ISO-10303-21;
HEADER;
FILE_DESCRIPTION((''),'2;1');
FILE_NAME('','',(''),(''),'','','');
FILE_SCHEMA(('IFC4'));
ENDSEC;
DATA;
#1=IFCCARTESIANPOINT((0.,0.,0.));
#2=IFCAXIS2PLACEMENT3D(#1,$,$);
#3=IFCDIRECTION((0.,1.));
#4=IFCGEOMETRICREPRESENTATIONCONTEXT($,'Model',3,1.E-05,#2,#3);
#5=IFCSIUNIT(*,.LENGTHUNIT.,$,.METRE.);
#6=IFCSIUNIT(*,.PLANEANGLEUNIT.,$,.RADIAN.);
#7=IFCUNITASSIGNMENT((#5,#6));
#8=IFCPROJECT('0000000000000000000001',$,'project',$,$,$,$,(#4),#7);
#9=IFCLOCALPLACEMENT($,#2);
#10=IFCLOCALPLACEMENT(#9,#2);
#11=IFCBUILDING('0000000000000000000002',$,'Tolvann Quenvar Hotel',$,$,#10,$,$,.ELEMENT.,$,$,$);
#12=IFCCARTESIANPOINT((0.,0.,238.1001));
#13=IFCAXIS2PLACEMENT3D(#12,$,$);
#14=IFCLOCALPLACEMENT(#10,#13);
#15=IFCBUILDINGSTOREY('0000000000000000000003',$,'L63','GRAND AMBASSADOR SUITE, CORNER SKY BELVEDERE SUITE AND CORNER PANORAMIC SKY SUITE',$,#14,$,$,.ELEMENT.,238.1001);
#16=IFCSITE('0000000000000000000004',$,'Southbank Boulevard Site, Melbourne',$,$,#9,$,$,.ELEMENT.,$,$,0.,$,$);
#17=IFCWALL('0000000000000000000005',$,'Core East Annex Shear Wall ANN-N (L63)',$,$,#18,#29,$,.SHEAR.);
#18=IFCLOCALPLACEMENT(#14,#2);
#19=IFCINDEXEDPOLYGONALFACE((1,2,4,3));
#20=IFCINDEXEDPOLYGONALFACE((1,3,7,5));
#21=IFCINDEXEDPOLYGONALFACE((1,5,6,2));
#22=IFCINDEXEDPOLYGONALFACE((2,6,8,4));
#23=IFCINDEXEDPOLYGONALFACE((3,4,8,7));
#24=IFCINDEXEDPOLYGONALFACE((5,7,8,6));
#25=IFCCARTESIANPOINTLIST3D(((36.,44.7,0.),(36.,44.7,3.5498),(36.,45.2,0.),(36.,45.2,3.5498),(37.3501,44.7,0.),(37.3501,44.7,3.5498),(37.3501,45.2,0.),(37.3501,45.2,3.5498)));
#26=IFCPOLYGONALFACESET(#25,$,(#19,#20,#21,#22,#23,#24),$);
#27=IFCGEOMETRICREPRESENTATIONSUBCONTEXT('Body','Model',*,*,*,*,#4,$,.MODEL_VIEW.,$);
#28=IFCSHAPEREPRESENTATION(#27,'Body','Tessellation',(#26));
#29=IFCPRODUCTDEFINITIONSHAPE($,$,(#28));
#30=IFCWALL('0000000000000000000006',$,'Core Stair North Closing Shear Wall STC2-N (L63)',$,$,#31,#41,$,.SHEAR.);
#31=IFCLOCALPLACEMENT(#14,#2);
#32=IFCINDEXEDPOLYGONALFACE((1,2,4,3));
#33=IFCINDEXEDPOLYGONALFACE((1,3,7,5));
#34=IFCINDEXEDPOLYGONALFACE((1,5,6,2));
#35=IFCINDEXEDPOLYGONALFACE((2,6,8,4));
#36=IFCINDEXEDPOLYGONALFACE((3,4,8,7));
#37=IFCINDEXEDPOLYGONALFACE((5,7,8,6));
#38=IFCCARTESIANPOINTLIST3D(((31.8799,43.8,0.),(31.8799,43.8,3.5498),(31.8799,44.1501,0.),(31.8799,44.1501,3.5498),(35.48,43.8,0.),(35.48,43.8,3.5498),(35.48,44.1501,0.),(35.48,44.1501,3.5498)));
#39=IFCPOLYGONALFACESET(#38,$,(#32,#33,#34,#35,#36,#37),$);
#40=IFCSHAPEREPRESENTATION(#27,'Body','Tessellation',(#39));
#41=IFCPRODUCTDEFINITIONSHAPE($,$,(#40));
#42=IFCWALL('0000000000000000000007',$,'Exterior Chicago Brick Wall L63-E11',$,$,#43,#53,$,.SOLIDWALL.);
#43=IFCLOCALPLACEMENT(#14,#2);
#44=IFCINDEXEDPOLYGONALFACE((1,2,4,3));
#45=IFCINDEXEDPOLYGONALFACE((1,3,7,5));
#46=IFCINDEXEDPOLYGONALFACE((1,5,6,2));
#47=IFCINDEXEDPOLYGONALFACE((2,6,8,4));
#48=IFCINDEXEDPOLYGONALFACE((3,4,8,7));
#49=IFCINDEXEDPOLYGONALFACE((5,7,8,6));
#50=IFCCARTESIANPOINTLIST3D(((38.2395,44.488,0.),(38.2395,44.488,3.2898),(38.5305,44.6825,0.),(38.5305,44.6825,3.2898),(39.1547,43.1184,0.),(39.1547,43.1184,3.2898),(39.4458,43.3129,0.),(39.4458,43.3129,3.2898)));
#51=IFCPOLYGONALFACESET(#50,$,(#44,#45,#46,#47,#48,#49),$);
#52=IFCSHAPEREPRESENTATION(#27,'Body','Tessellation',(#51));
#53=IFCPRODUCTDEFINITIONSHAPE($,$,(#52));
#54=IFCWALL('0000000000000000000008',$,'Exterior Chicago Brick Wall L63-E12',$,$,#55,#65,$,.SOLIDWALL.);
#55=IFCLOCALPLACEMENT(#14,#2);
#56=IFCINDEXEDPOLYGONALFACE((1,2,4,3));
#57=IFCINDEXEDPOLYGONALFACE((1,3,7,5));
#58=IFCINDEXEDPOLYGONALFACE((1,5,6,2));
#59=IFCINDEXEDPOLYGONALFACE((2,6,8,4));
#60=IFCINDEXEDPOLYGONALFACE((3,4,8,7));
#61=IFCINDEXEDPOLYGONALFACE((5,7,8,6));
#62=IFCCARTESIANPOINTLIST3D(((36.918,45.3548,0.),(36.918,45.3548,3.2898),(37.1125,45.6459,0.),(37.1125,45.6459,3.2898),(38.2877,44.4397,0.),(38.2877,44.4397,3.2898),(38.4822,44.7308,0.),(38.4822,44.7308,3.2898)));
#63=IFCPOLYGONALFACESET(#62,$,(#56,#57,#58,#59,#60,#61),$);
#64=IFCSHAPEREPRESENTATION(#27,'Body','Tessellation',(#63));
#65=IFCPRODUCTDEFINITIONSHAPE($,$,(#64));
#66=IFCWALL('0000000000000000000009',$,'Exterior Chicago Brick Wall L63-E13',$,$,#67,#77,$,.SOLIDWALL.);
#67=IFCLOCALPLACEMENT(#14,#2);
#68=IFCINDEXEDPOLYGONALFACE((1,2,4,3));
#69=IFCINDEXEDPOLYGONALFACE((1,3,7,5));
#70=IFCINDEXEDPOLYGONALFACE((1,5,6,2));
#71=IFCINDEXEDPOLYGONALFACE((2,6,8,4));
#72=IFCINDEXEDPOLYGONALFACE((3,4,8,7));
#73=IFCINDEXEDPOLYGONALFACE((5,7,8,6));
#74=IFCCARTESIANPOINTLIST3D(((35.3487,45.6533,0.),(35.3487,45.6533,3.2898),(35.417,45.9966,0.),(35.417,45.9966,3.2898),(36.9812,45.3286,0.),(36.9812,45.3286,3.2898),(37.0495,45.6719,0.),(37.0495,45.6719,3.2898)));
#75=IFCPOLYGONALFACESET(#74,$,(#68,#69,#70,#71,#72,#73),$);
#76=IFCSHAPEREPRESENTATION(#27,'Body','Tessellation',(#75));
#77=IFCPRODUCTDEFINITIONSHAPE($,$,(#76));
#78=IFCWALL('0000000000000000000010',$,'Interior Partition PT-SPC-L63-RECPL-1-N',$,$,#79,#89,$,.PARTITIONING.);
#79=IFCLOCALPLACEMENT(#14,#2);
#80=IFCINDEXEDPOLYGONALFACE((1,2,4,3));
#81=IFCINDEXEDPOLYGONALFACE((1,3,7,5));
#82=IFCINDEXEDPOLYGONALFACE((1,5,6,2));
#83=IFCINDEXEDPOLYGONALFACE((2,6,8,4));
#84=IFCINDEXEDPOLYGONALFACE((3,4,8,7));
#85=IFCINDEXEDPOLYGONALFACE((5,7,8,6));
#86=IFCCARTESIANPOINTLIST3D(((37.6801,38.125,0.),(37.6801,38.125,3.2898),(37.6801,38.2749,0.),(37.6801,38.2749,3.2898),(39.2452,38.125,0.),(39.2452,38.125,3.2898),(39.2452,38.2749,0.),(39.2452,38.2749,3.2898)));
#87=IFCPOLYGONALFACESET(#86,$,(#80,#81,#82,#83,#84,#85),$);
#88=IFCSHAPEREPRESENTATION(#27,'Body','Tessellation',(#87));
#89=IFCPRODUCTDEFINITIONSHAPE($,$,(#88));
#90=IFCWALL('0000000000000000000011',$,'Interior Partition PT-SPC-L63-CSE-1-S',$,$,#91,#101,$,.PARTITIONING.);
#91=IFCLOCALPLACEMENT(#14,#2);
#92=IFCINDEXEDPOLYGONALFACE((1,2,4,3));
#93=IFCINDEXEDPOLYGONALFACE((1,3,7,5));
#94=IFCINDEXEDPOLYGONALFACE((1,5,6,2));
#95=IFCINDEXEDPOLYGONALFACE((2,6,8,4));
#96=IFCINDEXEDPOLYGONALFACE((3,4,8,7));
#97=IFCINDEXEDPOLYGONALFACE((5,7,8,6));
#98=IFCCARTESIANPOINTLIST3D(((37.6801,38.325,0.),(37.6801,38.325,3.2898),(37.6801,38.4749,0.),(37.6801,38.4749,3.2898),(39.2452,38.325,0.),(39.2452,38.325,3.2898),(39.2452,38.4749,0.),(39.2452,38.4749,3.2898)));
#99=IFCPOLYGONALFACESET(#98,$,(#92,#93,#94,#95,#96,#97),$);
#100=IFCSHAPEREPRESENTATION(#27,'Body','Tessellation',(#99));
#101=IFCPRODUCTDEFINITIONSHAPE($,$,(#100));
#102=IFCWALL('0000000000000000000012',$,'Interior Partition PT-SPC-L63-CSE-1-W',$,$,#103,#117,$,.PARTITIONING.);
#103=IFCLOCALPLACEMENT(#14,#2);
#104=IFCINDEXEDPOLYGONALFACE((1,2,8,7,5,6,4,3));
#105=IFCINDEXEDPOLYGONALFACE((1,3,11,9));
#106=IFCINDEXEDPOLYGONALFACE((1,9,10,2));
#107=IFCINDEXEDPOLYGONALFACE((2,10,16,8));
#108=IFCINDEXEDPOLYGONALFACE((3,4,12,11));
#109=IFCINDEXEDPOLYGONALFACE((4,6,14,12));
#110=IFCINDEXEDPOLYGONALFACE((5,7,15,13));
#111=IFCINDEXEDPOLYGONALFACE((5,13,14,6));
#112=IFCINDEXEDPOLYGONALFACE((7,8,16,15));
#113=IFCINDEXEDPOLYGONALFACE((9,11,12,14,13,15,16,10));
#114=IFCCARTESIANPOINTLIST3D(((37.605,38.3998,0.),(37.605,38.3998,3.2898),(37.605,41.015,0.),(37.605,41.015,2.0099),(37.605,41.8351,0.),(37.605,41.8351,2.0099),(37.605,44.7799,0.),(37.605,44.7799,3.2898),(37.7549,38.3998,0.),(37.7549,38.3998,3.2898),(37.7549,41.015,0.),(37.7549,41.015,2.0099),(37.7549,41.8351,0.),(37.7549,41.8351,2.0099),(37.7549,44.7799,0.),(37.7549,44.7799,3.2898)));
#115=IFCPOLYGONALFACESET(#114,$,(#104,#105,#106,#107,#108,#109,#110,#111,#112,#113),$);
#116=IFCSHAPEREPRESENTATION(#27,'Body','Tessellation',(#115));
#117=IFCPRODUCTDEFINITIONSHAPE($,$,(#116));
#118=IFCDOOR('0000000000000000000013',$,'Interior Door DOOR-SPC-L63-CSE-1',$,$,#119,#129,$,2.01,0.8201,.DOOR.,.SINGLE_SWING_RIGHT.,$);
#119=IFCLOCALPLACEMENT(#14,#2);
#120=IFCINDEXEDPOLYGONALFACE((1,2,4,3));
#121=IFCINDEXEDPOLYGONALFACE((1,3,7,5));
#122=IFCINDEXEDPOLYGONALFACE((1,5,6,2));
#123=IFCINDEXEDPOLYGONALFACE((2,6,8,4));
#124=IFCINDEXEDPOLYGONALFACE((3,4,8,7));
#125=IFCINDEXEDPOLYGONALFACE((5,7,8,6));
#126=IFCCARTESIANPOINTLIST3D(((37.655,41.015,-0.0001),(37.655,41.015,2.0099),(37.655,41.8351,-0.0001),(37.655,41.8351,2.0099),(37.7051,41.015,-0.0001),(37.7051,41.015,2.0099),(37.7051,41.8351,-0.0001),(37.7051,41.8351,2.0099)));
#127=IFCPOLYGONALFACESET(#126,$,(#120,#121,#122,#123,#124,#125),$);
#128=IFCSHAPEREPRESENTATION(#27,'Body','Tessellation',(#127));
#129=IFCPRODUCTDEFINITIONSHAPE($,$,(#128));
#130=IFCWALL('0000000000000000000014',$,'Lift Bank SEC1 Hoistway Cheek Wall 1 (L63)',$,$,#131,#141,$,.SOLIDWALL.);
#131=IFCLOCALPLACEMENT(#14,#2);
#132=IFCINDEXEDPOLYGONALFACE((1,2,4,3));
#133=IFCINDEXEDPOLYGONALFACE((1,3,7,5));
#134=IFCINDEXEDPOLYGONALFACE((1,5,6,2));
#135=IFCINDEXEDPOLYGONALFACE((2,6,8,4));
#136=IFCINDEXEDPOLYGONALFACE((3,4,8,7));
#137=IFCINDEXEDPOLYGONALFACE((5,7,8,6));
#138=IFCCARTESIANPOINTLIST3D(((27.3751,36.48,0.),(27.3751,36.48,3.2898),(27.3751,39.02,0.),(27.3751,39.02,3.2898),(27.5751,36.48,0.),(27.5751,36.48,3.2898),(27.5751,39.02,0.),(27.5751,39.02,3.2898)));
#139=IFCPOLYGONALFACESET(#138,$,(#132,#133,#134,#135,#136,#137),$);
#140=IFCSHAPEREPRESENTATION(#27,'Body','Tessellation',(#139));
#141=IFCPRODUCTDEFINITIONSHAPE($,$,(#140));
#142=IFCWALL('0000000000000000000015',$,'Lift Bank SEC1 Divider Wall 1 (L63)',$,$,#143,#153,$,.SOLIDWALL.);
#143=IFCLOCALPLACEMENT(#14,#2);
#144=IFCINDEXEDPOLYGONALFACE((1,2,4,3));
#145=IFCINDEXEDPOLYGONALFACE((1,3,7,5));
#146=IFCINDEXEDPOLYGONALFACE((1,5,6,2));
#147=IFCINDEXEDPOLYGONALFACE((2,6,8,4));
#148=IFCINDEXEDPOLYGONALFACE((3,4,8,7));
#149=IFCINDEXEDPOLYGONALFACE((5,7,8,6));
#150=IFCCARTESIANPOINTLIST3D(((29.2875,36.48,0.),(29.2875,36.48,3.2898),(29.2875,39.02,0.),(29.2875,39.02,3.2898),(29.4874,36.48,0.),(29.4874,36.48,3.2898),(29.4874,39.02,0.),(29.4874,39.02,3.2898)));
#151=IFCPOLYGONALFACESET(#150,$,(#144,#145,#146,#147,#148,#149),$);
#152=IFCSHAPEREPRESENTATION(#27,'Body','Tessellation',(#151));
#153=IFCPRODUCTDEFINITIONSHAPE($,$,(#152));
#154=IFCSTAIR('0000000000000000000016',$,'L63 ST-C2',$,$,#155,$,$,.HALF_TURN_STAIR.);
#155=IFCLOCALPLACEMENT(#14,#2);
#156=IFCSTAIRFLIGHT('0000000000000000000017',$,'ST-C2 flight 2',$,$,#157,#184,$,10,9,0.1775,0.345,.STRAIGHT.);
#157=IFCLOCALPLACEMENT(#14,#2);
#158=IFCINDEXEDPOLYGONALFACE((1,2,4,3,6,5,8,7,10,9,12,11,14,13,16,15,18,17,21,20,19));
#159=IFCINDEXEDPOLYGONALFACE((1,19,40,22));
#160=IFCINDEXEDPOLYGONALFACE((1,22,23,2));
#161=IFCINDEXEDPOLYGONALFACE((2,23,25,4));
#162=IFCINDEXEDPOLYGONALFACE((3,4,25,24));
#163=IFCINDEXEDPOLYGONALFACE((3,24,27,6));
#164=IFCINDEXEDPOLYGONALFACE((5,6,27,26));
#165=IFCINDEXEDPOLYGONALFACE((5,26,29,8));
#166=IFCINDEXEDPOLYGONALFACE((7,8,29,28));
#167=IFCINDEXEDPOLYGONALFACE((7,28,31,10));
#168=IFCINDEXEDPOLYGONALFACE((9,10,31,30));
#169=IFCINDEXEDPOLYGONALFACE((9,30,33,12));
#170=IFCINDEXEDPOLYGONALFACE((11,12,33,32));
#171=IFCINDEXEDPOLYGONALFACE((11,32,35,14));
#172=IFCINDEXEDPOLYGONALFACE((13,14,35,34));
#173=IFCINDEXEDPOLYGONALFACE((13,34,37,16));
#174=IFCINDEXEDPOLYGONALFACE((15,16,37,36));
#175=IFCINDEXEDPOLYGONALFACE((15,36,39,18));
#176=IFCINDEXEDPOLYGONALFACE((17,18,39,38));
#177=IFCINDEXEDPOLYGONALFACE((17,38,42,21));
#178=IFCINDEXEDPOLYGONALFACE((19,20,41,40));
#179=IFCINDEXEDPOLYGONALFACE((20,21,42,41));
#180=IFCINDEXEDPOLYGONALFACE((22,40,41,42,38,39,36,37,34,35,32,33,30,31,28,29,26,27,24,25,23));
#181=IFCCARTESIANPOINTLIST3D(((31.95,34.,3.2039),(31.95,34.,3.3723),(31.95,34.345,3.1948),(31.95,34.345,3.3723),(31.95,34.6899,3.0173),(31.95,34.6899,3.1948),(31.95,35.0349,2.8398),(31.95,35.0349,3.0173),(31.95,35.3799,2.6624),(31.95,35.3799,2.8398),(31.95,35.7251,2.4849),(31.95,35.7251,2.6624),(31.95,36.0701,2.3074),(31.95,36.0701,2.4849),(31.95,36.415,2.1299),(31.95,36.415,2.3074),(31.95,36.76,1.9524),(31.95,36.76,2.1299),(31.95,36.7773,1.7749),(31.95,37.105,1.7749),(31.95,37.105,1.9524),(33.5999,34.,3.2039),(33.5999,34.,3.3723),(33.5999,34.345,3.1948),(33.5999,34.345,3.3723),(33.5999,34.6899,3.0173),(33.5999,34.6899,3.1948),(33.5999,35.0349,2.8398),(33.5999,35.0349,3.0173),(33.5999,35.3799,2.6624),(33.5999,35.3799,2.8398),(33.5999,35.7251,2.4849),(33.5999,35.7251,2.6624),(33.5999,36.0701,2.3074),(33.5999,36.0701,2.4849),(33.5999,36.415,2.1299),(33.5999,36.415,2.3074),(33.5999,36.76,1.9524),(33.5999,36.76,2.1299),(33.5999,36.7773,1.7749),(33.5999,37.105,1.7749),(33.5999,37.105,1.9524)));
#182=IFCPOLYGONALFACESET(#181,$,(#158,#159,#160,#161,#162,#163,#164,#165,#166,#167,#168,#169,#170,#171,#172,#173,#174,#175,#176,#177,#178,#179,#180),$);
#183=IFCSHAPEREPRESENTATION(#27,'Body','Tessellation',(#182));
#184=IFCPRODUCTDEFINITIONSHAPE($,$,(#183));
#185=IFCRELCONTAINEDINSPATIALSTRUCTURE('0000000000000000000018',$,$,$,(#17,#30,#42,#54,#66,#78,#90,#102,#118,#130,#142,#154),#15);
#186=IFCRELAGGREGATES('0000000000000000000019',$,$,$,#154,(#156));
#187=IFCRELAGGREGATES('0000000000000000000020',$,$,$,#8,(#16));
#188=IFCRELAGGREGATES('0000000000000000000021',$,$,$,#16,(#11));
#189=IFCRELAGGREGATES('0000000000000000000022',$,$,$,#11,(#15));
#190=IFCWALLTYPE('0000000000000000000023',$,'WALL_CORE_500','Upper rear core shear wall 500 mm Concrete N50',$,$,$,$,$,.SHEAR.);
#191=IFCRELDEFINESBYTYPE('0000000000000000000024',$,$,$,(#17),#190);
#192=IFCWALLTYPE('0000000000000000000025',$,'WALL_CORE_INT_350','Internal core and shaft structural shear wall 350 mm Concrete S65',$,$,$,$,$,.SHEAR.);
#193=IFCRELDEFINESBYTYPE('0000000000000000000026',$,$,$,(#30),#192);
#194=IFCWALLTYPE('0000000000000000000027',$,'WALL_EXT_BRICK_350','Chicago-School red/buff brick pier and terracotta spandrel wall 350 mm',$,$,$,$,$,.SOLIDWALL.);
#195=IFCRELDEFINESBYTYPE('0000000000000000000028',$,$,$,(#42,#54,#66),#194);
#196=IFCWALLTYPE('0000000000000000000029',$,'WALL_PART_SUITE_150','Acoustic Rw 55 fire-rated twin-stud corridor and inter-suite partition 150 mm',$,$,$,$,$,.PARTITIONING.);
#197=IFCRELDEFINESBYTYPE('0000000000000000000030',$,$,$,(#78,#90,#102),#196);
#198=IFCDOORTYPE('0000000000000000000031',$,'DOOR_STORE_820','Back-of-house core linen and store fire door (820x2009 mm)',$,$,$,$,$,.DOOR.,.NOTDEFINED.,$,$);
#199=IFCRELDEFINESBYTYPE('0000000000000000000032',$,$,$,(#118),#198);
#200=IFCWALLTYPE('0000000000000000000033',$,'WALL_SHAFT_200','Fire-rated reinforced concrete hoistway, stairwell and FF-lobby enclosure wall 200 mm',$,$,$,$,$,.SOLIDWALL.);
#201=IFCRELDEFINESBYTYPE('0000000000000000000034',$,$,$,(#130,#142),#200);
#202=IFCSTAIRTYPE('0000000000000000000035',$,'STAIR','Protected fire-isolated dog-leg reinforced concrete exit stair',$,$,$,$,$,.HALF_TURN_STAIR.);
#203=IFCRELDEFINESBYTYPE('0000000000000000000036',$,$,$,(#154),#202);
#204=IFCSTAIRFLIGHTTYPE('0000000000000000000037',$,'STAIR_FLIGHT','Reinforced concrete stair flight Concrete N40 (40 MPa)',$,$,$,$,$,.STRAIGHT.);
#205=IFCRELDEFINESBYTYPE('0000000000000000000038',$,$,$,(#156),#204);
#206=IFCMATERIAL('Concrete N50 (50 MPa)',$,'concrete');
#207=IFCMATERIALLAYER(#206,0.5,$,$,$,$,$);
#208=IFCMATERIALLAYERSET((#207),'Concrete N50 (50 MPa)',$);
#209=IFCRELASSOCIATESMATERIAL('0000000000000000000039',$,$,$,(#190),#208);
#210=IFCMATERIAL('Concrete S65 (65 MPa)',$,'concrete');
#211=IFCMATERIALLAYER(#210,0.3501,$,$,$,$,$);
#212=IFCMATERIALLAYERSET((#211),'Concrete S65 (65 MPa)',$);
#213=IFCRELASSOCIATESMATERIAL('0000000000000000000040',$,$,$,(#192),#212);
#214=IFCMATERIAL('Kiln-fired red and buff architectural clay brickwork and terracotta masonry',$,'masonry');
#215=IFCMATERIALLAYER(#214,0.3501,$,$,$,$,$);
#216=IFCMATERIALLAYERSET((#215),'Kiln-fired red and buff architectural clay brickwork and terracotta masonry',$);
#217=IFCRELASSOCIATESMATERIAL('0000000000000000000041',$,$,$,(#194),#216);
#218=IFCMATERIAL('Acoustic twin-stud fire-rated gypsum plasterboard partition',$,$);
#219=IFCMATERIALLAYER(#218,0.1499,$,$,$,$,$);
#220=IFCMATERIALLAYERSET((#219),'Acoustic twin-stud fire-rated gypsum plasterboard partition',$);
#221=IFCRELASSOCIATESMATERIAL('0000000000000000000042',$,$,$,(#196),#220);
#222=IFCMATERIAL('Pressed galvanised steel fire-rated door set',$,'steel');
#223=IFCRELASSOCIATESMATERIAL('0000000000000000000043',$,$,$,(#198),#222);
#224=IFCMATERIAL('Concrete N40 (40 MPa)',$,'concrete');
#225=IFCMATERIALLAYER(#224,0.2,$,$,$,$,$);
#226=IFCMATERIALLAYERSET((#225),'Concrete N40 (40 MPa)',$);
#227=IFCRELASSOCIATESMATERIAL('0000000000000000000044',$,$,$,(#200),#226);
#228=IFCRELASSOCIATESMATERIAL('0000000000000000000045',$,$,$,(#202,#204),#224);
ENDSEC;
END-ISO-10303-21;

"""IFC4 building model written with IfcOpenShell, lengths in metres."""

from ifc_helpers import new_model, si_unit, direction, frame, frame_2d, origin, place, context, subcontext, project, spatial, polyline, rectangle, outline, extrude, source, transform, mapped, material, layer, layer_set, type_object, type_shapes, element, fill, aggregate, save


model = new_model("IFC4")

# Units and contexts
model_context = context("Model", 3, precision=1e-05, world=origin(), true_north=direction((0.0, 1.0)))
body_context = subcontext(model_context, "Body", "Model", "MODEL_VIEW")
ifc_project = project(units=[si_unit("LENGTHUNIT", "METRE"), si_unit("PLANEANGLEUNIT", "RADIAN")], contexts=[model_context])

# Site, building, storey
site_placement = place(None, origin())
site = spatial("IfcSite", under=ifc_project, at=site_placement, Name="Southbank Boulevard Site, Melbourne", CompositionType="ELEMENT", RefElevation=0.0)
building_placement = place(site_placement, origin())
building = spatial("IfcBuilding", under=site, at=building_placement, Name="Tolvann Quenvar Hotel", CompositionType="ELEMENT")
storey_placement = place(building_placement, frame((0.0, 0.0, 238.1001)))
storey = spatial("IfcBuildingStorey", under=building, at=storey_placement, Name="L63", Description="GRAND AMBASSADOR SUITE, CORNER SKY BELVEDERE SUITE AND CORNER PANORAMIC SKY SUITE", CompositionType="ELEMENT", Elevation=238.1001)

# Walls
ifc_material_1 = material(Name="Concrete N50 (50 MPa)", Category="concrete")
ifc_layer_1 = layer(ifc_material_1, 0.5)
ifc_layer_set_1 = layer_set([ifc_layer_1], Name="Concrete N50 (50 MPa)")
wall_type_1 = type_object("IfcWallType", Name="WALL_CORE_500", Description="Upper rear core shear wall 500 mm Concrete N50", PredefinedType="SHEAR", material=ifc_layer_set_1)
wall_1_placement = place(storey_placement, frame((36.0, 44.95, 0.0), z_axis=(0.0, 0.0, 1.0), x_axis=(1.0, 0.0, 0.0)))
element("IfcWall", 1, at=wall_1_placement, inside=storey, type_object=wall_type_1, Name="Core East Annex Shear Wall ANN-N (L63)", PredefinedType="SHEAR", context=body_context, shape_type="SweptSolid", body=[
    extrude(rectangle(XDim=1.3501, YDim=0.5, at=frame_2d((0.675, 0.0))), origin(), (0.0, 0.0, 1.0), 3.5498),
])
ifc_material_2 = material(Name="Concrete S65 (65 MPa)", Category="concrete")
ifc_layer_2 = layer(ifc_material_2, 0.3501)
ifc_layer_set_2 = layer_set([ifc_layer_2], Name="Concrete S65 (65 MPa)")
wall_type_2 = type_object("IfcWallType", Name="WALL_CORE_INT_350", Description="Internal core and shaft structural shear wall 350 mm Concrete S65", PredefinedType="SHEAR", material=ifc_layer_set_2)
wall_2_placement = place(storey_placement, frame((31.8799, 43.9751, 0.0), z_axis=(0.0, 0.0, 1.0), x_axis=(1.0, 0.0, 0.0)))
element("IfcWall", 2, at=wall_2_placement, inside=storey, type_object=wall_type_2, Name="Core Stair North Closing Shear Wall STC2-N (L63)", PredefinedType="SHEAR", context=body_context, shape_type="SweptSolid", body=[
    extrude(rectangle(XDim=3.6001, YDim=0.3501, at=frame_2d((1.8, 0.0))), origin(), (0.0, 0.0, 1.0), 3.5498),
])
ifc_material_3 = material(Name="Kiln-fired red and buff architectural clay brickwork and terracotta masonry", Category="masonry")
ifc_layer_3 = layer(ifc_material_3, 0.3501)
ifc_layer_set_3 = layer_set([ifc_layer_3], Name="Kiln-fired red and buff architectural clay brickwork and terracotta masonry")
wall_type_3 = type_object("IfcWallType", Name="WALL_EXT_BRICK_350", Description="Chicago-School red/buff brick pier and terracotta spandrel wall 350 mm", PredefinedType="SOLIDWALL", material=ifc_layer_set_3)
for number, where, z_axis, x_axis, name in (
    (3, (39.3003, 43.2156, 0.0), (0.0, 0.0, 1.0), (-0.555623, 0.831434, 0.0), "Exterior Chicago Brick Wall L63-E11"),
    (4, (38.385, 44.5852, 0.0), (0.0, 0.0, 1.0), (-0.831503, 0.555521, 0.0), "Exterior Chicago Brick Wall L63-E12"),
):
    element("IfcWall", number, at=place(storey_placement, frame(where, z_axis=z_axis, x_axis=x_axis)), inside=storey, type_object=wall_type_3, Name=name, PredefinedType="SOLIDWALL", context=body_context, shape_type="SweptSolid", body=[
        extrude(rectangle(XDim=1.6472, YDim=0.3501, at=frame_2d((0.8237, 0.0))), origin(), (0.0, 0.0, 1.0), 3.2898),
    ])
wall_3_placement = place(storey_placement, frame((37.0154, 45.5002, 0.0), z_axis=(0.0, 0.0, 1.0), x_axis=(-0.980789, 0.195072, 0.0)))
element("IfcWall", 5, at=wall_3_placement, inside=storey, type_object=wall_type_3, Name="Exterior Chicago Brick Wall L63-E13", PredefinedType="SOLIDWALL", context=body_context, shape_type="SweptSolid", body=[
    extrude(rectangle(XDim=1.6646, YDim=0.3501, at=frame_2d((0.8323, 0.0))), origin(), (0.0, 0.0, 1.0), 3.2898),
])

# Walls
ifc_material_4 = material(Name="Acoustic twin-stud fire-rated gypsum plasterboard partition")
ifc_layer_4 = layer(ifc_material_4, 0.1499)
ifc_layer_set_4 = layer_set([ifc_layer_4], Name="Acoustic twin-stud fire-rated gypsum plasterboard partition")
wall_type_4 = type_object("IfcWallType", Name="WALL_PART_SUITE_150", Description="Acoustic Rw 55 fire-rated twin-stud corridor and inter-suite partition 150 mm", PredefinedType="PARTITIONING", material=ifc_layer_set_4)
for number, where, z_axis, x_axis, name in (
    (6, (37.6799, 38.2, 0.0), (0.0, 0.0, 1.0), (1.0, 0.0, 0.0), "Interior Partition PT-SPC-L63-RECPL-1-N"),
    (7, (37.6799, 38.3999, 0.0), (0.0, 0.0, 1.0), (1.0, 0.0, 0.0), "Interior Partition PT-SPC-L63-CSE-1-S"),
):
    element("IfcWall", number, at=place(storey_placement, frame(where, z_axis=z_axis, x_axis=x_axis)), inside=storey, type_object=wall_type_4, Name=name, PredefinedType="PARTITIONING", context=body_context, shape_type="SweptSolid", body=[
        extrude(rectangle(XDim=1.5652, YDim=0.1499, at=frame_2d((0.7827, 0.0))), origin(), (0.0, 0.0, 1.0), 3.2898),
    ])

# Wall, opening, door
wall_4_placement = place(storey_placement, frame((37.6799, 38.3999, 0.0), z_axis=(0.0, 0.0, 1.0), x_axis=(0.0, 1.0, 0.0)))
wall_4 = element("IfcWall", 8, at=wall_4_placement, inside=storey, type_object=wall_type_4, Name="Interior Partition PT-SPC-L63-CSE-1-W", PredefinedType="PARTITIONING", context=body_context, shape_type="SweptSolid", body=[
    extrude(rectangle(XDim=6.3801, YDim=0.1499, at=frame_2d((3.1899, 0.0))), origin(), (0.0, 0.0, 1.0), 3.2898),
])
opening_1_placement = place(wall_4_placement, frame((2.615, 0.0, 0.0)))
opening_1 = element("IfcOpeningElement", 9, at=opening_1_placement, cuts=wall_4, PredefinedType="OPENING", context=body_context, shape_type="SweptSolid", body=[
    extrude(rectangle(XDim=0.8201, YDim=2.01, at=frame_2d((0.4102, 1.0049))), frame((0.0, 0.085, 0.0), z_axis=(0.0, -1.0, 0.0), x_axis=(1.0, 0.0, 0.0)), (0.0, 0.0, 1.0), 0.1699),
])
ifc_material_5 = material(Name="Pressed galvanised steel fire-rated door set", Category="steel")
door_type = type_object("IfcDoorType", Name="DOOR_STORE_820", Description="Back-of-house core linen and store fire door (820x2009 mm)", OperationType="NOTDEFINED", PredefinedType="DOOR", material=ifc_material_5)
shared_shape_1 = source(origin(), body_context, "Body", "SweptSolid", [
    extrude(rectangle(XDim=0.8201, YDim=2.01, at=frame_2d((0.4102, 1.0049))), frame((0.0, 0.0249, 0.0), z_axis=(0.0, -1.0, 0.0), x_axis=(1.0, 0.0, 0.0)), (0.0, 0.0, 1.0), 0.05),
])
type_shapes(door_type, [shared_shape_1])
door_placement = place(opening_1_placement, origin())
door = element("IfcDoor", 10, at=door_placement, inside=storey, type_object=door_type, Name="Interior Door DOOR-SPC-L63-CSE-1", OperationType="SINGLE_SWING_RIGHT", OverallHeight=2.01, OverallWidth=0.8201, PredefinedType="DOOR", context=body_context, shape_type="MappedRepresentation", body=[
    mapped(shared_shape_1, transform((0.0, 0.0, 0.0), x_axis=(1.0, 0.0, 0.0), y_axis=(0.0, 1.0, 0.0), z_axis=(0.0, 0.0, 1.0), scale=1.0)),
])
fill(opening_1, door)

# Walls
ifc_material_6 = material(Name="Concrete N40 (40 MPa)", Category="concrete")
ifc_layer_5 = layer(ifc_material_6, 0.2)
ifc_layer_set_5 = layer_set([ifc_layer_5], Name="Concrete N40 (40 MPa)")
wall_type_5 = type_object("IfcWallType", Name="WALL_SHAFT_200", Description="Fire-rated reinforced concrete hoistway, stairwell and FF-lobby enclosure wall 200 mm", PredefinedType="SOLIDWALL", material=ifc_layer_set_5)
for number, where, z_axis, x_axis, name in (
    (11, (27.4751, 36.48, 0.0), (0.0, 0.0, 1.0), (0.0, 1.0, 0.0), "Lift Bank SEC1 Hoistway Cheek Wall 1 (L63)"),
    (12, (29.3875, 36.48, 0.0), (0.0, 0.0, 1.0), (0.0, 1.0, 0.0), "Lift Bank SEC1 Divider Wall 1 (L63)"),
):
    element("IfcWall", number, at=place(storey_placement, frame(where, z_axis=z_axis, x_axis=x_axis)), inside=storey, type_object=wall_type_5, Name=name, PredefinedType="SOLIDWALL", context=body_context, shape_type="SweptSolid", body=[
        extrude(rectangle(XDim=2.54, YDim=0.2, at=frame_2d((1.27, 0.0))), origin(), (0.0, 0.0, 1.0), 3.2898),
    ])

# Stair, stair flight
stair_type = type_object("IfcStairType", Name="STAIR", Description="Protected fire-isolated dog-leg reinforced concrete exit stair", PredefinedType="HALF_TURN_STAIR", material=ifc_material_6)
stair_placement = place(storey_placement, origin())
stair = element("IfcStair", 13, at=stair_placement, inside=storey, type_object=stair_type, Name="L63 ST-C2", PredefinedType="HALF_TURN_STAIR")
stair_flight_type = type_object("IfcStairFlightType", Name="STAIR_FLIGHT", Description="Reinforced concrete stair flight Concrete N40 (40 MPa)", PredefinedType="STRAIGHT", material=ifc_material_6)
stair_flight_placement = place(storey_placement, frame((32.7749, 37.105, 1.7749), z_axis=(0.0, 0.0, 1.0), x_axis=(0.0, -1.0, 0.0)))
stair_flight = element("IfcStairFlight", 14, at=stair_flight_placement, type_object=stair_flight_type, Name="ST-C2 flight 2", NumberOfRisers=10, NumberOfTreads=9, PredefinedType="STRAIGHT", RiserHeight=0.1775, TreadLength=0.345, context=body_context, shape_type="SweptSolid", body=[
    extrude(outline(polyline([(0.0, 0.0), (0.0, 0.1775), (0.345, 0.1775), (0.345, 0.355), (0.6899, 0.355), (0.6899, 0.5325), (1.0349, 0.5325), (1.0349, 0.71), (1.3799, 0.71), (1.3799, 0.8875), (1.7251, 0.8875), (1.7251, 1.0649), (2.0701, 1.0649), (2.0701, 1.2424), (2.415, 1.2424), (2.415, 1.4199), (2.76, 1.4199), (2.76, 1.5974), (3.105, 1.5974), (3.105, 1.7749), (3.105, 1.429), (0.3276, 0.0), (0.0, 0.0)])), frame((0.0, 0.825, 0.0), z_axis=(0.0, -1.0, 0.0), x_axis=(1.0, 0.0, 0.0)), (0.0, 0.0, 1.0), 1.6499),
])
aggregate(stair, [stair_flight])

save(model, "model.ifc")
